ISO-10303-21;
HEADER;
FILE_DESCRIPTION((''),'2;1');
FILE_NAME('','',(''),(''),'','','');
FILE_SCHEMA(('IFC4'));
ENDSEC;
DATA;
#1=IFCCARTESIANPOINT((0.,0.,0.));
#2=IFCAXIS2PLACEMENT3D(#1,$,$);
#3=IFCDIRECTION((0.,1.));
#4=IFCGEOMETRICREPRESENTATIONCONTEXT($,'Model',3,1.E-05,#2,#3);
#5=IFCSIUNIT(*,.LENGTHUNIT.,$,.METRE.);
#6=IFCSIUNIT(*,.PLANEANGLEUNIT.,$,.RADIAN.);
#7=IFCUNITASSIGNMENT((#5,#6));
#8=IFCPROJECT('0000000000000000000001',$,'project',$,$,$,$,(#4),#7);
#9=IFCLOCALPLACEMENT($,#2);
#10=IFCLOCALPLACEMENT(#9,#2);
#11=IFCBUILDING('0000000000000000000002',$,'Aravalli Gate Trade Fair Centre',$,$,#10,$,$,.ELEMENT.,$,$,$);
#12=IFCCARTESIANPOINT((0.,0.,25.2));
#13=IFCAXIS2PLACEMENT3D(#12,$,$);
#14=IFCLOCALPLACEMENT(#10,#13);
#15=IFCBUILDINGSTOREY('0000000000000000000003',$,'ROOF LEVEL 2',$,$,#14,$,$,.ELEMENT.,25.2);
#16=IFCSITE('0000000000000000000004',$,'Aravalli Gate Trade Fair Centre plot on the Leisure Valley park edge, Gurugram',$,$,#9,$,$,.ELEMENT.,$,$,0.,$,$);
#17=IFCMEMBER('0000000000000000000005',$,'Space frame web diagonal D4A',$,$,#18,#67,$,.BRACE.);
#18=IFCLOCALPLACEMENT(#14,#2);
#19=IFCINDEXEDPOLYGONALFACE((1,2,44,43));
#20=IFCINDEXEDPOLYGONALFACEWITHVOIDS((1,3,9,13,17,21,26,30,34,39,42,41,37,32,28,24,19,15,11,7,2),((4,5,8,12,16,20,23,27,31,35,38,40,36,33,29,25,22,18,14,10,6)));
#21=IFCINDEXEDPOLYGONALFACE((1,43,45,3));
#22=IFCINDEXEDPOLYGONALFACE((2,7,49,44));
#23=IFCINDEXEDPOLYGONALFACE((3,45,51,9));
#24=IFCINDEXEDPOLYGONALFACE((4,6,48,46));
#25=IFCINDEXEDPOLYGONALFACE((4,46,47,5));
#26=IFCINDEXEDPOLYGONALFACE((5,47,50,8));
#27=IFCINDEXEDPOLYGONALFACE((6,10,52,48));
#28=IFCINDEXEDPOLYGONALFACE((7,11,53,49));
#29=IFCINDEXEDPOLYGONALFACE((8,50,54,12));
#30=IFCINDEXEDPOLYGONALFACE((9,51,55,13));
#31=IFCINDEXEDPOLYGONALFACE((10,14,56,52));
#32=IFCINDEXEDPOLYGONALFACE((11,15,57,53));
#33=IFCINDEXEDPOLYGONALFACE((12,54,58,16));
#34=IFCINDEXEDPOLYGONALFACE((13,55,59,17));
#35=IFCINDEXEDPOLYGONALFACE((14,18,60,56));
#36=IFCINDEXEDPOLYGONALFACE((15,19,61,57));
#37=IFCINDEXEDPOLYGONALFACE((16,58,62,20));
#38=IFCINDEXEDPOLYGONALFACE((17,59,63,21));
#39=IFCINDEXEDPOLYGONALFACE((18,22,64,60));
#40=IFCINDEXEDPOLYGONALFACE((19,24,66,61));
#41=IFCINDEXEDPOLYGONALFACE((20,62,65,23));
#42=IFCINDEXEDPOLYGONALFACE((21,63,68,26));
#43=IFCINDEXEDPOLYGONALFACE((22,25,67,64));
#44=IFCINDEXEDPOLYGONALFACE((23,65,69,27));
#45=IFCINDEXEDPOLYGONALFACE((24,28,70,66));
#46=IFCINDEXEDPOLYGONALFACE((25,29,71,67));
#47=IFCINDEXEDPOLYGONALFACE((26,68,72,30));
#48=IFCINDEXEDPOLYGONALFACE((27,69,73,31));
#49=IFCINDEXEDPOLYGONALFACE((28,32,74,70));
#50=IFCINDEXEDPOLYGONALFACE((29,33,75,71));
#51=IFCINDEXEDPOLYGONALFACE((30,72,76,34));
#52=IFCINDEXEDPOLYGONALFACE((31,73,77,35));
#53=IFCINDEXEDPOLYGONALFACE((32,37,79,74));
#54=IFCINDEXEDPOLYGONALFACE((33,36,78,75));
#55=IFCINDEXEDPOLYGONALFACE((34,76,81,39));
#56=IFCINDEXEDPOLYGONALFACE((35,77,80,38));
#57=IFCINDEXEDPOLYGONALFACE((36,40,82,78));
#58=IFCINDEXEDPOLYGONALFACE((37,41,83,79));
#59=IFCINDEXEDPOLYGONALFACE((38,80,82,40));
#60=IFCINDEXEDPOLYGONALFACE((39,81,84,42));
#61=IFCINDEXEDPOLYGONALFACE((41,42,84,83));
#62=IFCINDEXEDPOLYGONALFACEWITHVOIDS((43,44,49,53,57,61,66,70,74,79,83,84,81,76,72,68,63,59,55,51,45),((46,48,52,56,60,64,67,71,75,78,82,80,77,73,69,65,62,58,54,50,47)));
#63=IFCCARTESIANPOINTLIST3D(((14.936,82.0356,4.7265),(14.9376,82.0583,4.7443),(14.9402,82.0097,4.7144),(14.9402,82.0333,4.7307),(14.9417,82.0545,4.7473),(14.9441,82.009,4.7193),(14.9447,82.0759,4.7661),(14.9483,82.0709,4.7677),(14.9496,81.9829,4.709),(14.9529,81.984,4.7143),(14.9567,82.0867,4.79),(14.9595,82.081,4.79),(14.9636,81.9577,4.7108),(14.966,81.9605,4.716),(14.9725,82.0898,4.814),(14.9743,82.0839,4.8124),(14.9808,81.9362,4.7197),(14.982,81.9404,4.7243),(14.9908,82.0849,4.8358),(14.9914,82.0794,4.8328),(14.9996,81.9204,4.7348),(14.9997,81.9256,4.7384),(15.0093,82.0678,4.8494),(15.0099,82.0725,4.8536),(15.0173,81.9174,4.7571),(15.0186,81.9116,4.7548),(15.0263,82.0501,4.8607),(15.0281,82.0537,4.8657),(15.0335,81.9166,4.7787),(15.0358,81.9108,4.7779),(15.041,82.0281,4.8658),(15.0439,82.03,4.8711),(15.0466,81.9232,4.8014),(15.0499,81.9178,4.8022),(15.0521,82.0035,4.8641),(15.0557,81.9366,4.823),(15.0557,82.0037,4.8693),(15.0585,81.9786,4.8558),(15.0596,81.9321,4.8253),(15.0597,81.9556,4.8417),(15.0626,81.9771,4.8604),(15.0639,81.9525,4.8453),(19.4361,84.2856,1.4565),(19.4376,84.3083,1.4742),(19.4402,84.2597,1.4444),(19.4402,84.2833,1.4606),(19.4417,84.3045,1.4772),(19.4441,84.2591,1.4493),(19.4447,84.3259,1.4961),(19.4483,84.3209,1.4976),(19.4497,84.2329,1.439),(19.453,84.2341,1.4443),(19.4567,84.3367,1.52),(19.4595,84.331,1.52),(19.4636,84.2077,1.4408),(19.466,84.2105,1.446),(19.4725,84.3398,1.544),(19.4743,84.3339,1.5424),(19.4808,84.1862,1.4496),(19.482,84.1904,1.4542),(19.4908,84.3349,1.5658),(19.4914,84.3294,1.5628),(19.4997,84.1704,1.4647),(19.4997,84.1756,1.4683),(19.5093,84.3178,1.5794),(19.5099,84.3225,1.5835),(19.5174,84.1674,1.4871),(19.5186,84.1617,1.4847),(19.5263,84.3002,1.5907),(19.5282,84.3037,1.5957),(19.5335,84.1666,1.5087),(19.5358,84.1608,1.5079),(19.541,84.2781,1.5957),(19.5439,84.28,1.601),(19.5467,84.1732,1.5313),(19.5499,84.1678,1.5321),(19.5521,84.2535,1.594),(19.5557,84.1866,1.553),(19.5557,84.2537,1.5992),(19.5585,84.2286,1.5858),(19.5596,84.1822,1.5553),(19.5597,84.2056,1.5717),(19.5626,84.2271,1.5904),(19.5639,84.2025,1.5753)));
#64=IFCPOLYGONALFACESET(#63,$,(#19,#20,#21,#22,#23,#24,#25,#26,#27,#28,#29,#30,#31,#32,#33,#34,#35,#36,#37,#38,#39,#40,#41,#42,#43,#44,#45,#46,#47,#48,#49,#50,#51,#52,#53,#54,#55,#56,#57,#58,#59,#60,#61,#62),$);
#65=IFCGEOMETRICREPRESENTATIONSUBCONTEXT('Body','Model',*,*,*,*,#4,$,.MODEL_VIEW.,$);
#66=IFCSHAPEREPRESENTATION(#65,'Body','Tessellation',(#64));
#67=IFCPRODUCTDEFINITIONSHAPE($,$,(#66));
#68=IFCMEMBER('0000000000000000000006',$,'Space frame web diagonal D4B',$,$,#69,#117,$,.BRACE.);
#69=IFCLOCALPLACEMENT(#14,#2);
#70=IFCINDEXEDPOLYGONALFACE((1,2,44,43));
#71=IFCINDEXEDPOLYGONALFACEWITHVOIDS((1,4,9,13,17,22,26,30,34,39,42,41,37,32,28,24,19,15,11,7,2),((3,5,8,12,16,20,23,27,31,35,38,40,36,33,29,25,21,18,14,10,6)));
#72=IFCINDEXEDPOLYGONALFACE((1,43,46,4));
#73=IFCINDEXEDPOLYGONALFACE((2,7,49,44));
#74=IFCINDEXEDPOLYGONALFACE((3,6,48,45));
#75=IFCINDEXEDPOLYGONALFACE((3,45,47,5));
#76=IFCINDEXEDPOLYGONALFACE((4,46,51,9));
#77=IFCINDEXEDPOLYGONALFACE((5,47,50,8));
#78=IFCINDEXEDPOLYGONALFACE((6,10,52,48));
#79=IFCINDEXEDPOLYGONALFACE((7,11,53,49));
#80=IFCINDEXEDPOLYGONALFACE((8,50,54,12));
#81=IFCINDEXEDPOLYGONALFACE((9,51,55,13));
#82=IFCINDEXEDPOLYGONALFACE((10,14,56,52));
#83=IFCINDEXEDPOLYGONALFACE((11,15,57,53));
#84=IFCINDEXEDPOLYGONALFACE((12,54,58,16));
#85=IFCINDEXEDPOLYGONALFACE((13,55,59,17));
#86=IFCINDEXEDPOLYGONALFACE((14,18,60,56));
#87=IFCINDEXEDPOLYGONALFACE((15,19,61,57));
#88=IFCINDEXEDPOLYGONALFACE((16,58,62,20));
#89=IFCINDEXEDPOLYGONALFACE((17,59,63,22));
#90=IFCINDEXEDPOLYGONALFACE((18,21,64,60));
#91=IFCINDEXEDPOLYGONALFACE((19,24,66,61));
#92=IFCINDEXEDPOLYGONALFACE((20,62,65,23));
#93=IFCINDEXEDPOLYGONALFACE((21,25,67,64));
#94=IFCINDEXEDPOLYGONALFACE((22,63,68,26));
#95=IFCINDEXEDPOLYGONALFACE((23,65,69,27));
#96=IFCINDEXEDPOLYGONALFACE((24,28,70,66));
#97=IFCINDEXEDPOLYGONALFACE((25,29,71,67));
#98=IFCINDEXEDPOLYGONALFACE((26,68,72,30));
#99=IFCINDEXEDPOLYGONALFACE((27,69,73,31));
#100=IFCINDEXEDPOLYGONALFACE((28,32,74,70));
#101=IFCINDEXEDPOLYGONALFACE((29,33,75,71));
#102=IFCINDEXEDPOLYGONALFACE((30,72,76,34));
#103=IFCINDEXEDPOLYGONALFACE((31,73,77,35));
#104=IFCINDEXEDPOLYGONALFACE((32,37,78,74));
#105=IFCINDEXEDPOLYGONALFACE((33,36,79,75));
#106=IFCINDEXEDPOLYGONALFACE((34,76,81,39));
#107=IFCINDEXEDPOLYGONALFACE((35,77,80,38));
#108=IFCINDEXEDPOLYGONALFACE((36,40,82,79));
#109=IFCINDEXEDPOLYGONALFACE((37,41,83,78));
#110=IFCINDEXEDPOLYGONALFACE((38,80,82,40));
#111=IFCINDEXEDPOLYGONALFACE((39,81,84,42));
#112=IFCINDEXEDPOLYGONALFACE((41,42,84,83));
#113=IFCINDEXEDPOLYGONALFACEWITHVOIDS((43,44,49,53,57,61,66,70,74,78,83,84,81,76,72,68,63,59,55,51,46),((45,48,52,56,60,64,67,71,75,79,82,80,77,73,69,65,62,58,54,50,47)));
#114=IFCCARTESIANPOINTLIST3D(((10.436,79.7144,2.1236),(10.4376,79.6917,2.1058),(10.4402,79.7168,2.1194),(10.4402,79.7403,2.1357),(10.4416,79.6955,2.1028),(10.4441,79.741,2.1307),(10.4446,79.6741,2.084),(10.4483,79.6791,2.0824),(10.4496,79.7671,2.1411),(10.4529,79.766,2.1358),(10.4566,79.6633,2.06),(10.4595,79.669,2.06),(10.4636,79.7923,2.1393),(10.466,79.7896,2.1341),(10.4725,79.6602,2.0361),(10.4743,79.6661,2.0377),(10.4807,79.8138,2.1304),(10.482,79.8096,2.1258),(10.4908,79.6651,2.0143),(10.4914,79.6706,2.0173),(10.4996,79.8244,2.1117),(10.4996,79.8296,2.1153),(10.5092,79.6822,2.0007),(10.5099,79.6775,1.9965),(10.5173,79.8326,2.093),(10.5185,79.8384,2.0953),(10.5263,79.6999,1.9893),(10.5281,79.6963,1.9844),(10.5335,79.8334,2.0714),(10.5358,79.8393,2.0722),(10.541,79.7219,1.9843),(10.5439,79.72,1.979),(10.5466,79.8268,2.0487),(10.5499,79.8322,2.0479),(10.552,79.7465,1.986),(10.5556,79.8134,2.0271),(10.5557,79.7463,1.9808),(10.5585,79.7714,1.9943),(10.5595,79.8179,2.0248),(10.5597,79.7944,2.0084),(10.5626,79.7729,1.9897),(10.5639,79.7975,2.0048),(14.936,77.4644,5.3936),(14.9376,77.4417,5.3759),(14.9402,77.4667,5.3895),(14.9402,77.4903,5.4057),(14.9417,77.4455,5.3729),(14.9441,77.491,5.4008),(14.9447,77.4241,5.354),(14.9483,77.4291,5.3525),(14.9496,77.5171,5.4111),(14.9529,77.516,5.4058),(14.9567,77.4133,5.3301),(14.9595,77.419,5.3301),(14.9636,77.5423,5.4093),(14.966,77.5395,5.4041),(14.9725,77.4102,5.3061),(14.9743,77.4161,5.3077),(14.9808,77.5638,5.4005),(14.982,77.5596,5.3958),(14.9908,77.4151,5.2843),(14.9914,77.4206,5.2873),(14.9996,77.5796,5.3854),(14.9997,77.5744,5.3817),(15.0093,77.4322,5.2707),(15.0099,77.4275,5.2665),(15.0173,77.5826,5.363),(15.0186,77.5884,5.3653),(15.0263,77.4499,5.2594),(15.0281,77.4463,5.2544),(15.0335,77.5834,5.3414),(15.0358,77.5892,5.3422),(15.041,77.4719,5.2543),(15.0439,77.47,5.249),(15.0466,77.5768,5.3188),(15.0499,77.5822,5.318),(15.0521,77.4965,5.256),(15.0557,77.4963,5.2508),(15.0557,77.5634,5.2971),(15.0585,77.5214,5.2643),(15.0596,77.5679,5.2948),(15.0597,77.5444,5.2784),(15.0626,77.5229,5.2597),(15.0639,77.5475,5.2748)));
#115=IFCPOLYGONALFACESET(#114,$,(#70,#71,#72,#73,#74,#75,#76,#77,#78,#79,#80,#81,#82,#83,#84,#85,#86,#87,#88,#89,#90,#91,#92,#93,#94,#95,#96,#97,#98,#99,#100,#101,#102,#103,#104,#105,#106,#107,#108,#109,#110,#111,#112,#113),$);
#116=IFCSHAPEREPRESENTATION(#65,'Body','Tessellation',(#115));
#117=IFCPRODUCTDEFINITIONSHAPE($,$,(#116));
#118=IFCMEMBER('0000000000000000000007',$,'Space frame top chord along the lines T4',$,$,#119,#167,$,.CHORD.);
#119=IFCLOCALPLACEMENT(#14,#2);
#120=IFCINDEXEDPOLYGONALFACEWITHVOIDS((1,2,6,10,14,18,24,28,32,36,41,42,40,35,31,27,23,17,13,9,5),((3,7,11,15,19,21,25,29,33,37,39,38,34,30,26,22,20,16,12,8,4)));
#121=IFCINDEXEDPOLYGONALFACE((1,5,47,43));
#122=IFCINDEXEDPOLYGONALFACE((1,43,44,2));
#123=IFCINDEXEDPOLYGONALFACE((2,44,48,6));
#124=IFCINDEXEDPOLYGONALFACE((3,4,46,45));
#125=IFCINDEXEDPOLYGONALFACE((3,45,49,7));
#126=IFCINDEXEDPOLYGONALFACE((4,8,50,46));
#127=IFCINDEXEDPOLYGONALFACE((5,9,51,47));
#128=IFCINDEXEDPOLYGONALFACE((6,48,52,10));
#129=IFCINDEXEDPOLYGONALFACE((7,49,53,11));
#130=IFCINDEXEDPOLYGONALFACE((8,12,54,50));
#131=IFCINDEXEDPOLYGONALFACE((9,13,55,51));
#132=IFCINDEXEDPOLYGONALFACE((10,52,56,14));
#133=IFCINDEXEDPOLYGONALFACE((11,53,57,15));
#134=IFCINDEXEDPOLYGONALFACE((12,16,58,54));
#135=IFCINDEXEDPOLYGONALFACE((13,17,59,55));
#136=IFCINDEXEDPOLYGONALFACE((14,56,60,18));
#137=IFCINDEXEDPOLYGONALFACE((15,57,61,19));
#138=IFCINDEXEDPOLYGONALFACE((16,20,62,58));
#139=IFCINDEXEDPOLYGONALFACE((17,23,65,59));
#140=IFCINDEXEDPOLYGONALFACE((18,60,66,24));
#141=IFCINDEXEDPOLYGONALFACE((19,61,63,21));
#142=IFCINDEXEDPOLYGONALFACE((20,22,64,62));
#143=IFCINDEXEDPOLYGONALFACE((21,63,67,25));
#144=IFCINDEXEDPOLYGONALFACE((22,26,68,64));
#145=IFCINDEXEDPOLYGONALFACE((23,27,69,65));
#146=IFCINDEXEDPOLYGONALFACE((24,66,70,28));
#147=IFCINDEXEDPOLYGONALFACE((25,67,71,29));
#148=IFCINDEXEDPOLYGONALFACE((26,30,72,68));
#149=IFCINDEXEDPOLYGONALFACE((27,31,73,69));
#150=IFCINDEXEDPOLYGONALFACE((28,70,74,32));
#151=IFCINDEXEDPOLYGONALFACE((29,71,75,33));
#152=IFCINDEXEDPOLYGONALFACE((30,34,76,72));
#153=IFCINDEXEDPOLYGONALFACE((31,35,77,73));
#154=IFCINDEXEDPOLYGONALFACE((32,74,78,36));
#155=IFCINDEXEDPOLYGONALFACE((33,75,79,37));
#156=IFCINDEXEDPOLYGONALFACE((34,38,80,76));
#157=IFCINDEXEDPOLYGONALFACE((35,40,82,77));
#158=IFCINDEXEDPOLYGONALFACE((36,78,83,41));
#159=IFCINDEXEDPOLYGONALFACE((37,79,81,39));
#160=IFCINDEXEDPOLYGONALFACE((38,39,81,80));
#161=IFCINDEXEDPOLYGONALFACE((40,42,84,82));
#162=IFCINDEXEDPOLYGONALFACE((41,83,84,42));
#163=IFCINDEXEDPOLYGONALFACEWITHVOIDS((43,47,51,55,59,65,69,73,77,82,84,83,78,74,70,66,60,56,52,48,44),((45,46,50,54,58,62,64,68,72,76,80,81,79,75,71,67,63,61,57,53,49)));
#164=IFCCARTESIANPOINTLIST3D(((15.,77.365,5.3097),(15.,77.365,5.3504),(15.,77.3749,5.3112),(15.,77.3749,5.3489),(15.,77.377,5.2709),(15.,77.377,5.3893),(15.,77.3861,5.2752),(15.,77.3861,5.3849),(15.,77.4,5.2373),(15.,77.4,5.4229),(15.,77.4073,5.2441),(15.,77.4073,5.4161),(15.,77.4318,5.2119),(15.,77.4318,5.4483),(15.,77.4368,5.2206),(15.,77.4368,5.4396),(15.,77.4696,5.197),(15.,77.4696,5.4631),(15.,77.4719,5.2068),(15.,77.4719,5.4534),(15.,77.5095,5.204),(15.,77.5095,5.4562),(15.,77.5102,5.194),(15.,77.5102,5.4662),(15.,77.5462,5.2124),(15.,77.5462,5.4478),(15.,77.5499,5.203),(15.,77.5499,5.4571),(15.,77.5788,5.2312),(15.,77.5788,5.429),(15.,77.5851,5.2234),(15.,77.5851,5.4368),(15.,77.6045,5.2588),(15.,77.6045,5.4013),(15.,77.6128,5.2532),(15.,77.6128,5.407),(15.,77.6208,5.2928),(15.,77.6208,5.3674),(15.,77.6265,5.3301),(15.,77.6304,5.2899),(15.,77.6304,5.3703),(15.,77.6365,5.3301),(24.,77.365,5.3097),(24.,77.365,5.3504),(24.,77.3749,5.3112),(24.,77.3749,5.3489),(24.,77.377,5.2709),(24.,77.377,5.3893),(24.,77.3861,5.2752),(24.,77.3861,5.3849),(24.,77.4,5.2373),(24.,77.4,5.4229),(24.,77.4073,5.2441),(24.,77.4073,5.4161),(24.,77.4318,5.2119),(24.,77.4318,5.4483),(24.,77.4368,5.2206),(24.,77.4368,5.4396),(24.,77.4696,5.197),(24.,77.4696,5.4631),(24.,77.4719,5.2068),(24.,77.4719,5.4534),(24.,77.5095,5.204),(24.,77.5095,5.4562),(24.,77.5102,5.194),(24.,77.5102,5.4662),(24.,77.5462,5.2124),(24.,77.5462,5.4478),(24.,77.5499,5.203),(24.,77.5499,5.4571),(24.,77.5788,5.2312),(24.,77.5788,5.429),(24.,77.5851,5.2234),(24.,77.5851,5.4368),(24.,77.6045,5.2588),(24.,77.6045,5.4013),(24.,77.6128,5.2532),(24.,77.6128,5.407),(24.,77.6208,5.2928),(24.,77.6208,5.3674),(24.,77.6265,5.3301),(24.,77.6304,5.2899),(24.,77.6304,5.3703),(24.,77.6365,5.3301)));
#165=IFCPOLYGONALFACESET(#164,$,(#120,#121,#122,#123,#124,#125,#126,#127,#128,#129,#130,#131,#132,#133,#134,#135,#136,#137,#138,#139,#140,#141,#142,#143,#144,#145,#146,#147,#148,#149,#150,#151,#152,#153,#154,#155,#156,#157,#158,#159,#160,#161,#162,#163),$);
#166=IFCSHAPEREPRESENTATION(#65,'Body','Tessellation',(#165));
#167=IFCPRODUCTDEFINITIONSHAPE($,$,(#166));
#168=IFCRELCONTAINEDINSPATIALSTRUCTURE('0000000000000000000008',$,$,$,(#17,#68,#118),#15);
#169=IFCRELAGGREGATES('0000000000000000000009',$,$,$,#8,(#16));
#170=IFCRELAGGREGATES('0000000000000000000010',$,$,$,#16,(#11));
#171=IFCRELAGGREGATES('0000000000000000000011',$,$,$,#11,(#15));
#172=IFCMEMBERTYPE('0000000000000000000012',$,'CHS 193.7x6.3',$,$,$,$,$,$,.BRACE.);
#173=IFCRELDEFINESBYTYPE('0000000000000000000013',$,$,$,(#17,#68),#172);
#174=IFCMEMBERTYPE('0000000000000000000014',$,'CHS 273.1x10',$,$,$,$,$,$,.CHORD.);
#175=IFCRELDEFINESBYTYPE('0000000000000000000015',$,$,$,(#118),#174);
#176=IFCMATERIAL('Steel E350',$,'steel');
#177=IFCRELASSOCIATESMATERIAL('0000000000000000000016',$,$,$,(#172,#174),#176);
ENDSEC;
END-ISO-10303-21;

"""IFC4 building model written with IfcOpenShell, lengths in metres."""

from ifc_helpers import new_model, si_unit, direction, frame, origin, origin_2d, place, context, subcontext, project, spatial, hollow_circle, extrude, material, material_profile, profile_set, type_object, element, save


model = new_model("IFC4")

# Units and contexts
model_context = context("Model", 3, precision=1e-05, world=origin(), true_north=direction((0.0, 1.0)))
body_context = subcontext(model_context, "Body", "Model", "MODEL_VIEW")
ifc_project = project(units=[si_unit("LENGTHUNIT", "METRE"), si_unit("PLANEANGLEUNIT", "RADIAN")], contexts=[model_context])

# Site, building, storey
site_placement = place(None, origin())
site = spatial("IfcSite", under=ifc_project, at=site_placement, Name="Aravalli Gate Trade Fair Centre plot on the Leisure Valley park edge, Gurugram", CompositionType="ELEMENT", RefElevation=0.0)
building_placement = place(site_placement, origin())
building = spatial("IfcBuilding", under=site, at=building_placement, Name="Aravalli Gate Trade Fair Centre", CompositionType="ELEMENT")
storey_placement = place(building_placement, frame((0.0, 0.0, 25.2)))
storey = spatial("IfcBuildingStorey", under=building, at=storey_placement, Name="ROOF LEVEL 2", CompositionType="ELEMENT", Elevation=25.2)

# Members
ifc_material_1 = material(Name="Steel E350", Category="steel")
ifc_material_profile_1 = material_profile(ifc_material_1, hollow_circle(Radius=0.0969, WallThickness=0.0063, at=origin_2d()), Name="CHS 193.7x6.3")
ifc_profile_set_1 = profile_set([ifc_material_profile_1], Name="Steel E350")
member_type_1 = type_object("IfcMemberType", Name="CHS 193.7x6.3", PredefinedType="BRACE", material=ifc_profile_set_1)
for number, where, z_axis, x_axis, name in (
    (1, (15.0, 82.0, 4.79), (0.749942, 0.374971, -0.544961), (-0.447214, 0.894427, 0.0), "Space frame web diagonal D4A"),
    (2, (15.0, 77.5, 5.3301), (-0.749942, 0.374971, -0.544961), (-0.447214, -0.894427, 0.0), "Space frame web diagonal D4B"),
):
    element("IfcMember", number, at=place(storey_placement, frame(where, z_axis=z_axis, x_axis=x_axis)), inside=storey, type_object=member_type_1, Name=name, PredefinedType="BRACE", context=body_context, shape_type="SweptSolid", body=[
        extrude(hollow_circle(Radius=0.0969, WallThickness=0.0063, at=origin_2d()), origin(), (0.0, 0.0, 1.0), 6.0005),
    ])
ifc_material_profile_2 = material_profile(ifc_material_1, hollow_circle(Radius=0.1365, WallThickness=0.01, at=origin_2d()), Name="CHS 273.1x10")
ifc_profile_set_2 = profile_set([ifc_material_profile_2], Name="Steel E350")
member_type_2 = type_object("IfcMemberType", Name="CHS 273.1x10", PredefinedType="CHORD", material=ifc_profile_set_2)
for number, where, z_axis, x_axis, name in (
    (3, (15.0, 77.5, 5.3301), (1.0, 0.0, 0.0), (0.0, 1.0, 0.0), "Space frame top chord along the lines T4"),
):
    element("IfcMember", number, at=place(storey_placement, frame(where, z_axis=z_axis, x_axis=x_axis)), inside=storey, type_object=member_type_2, Name=name, PredefinedType="CHORD", context=body_context, shape_type="SweptSolid", body=[
        extrude(hollow_circle(Radius=0.1365, WallThickness=0.01, at=origin_2d()), origin(), (0.0, 0.0, 1.0), 9.0),
    ])

save(model, "model.ifc")
